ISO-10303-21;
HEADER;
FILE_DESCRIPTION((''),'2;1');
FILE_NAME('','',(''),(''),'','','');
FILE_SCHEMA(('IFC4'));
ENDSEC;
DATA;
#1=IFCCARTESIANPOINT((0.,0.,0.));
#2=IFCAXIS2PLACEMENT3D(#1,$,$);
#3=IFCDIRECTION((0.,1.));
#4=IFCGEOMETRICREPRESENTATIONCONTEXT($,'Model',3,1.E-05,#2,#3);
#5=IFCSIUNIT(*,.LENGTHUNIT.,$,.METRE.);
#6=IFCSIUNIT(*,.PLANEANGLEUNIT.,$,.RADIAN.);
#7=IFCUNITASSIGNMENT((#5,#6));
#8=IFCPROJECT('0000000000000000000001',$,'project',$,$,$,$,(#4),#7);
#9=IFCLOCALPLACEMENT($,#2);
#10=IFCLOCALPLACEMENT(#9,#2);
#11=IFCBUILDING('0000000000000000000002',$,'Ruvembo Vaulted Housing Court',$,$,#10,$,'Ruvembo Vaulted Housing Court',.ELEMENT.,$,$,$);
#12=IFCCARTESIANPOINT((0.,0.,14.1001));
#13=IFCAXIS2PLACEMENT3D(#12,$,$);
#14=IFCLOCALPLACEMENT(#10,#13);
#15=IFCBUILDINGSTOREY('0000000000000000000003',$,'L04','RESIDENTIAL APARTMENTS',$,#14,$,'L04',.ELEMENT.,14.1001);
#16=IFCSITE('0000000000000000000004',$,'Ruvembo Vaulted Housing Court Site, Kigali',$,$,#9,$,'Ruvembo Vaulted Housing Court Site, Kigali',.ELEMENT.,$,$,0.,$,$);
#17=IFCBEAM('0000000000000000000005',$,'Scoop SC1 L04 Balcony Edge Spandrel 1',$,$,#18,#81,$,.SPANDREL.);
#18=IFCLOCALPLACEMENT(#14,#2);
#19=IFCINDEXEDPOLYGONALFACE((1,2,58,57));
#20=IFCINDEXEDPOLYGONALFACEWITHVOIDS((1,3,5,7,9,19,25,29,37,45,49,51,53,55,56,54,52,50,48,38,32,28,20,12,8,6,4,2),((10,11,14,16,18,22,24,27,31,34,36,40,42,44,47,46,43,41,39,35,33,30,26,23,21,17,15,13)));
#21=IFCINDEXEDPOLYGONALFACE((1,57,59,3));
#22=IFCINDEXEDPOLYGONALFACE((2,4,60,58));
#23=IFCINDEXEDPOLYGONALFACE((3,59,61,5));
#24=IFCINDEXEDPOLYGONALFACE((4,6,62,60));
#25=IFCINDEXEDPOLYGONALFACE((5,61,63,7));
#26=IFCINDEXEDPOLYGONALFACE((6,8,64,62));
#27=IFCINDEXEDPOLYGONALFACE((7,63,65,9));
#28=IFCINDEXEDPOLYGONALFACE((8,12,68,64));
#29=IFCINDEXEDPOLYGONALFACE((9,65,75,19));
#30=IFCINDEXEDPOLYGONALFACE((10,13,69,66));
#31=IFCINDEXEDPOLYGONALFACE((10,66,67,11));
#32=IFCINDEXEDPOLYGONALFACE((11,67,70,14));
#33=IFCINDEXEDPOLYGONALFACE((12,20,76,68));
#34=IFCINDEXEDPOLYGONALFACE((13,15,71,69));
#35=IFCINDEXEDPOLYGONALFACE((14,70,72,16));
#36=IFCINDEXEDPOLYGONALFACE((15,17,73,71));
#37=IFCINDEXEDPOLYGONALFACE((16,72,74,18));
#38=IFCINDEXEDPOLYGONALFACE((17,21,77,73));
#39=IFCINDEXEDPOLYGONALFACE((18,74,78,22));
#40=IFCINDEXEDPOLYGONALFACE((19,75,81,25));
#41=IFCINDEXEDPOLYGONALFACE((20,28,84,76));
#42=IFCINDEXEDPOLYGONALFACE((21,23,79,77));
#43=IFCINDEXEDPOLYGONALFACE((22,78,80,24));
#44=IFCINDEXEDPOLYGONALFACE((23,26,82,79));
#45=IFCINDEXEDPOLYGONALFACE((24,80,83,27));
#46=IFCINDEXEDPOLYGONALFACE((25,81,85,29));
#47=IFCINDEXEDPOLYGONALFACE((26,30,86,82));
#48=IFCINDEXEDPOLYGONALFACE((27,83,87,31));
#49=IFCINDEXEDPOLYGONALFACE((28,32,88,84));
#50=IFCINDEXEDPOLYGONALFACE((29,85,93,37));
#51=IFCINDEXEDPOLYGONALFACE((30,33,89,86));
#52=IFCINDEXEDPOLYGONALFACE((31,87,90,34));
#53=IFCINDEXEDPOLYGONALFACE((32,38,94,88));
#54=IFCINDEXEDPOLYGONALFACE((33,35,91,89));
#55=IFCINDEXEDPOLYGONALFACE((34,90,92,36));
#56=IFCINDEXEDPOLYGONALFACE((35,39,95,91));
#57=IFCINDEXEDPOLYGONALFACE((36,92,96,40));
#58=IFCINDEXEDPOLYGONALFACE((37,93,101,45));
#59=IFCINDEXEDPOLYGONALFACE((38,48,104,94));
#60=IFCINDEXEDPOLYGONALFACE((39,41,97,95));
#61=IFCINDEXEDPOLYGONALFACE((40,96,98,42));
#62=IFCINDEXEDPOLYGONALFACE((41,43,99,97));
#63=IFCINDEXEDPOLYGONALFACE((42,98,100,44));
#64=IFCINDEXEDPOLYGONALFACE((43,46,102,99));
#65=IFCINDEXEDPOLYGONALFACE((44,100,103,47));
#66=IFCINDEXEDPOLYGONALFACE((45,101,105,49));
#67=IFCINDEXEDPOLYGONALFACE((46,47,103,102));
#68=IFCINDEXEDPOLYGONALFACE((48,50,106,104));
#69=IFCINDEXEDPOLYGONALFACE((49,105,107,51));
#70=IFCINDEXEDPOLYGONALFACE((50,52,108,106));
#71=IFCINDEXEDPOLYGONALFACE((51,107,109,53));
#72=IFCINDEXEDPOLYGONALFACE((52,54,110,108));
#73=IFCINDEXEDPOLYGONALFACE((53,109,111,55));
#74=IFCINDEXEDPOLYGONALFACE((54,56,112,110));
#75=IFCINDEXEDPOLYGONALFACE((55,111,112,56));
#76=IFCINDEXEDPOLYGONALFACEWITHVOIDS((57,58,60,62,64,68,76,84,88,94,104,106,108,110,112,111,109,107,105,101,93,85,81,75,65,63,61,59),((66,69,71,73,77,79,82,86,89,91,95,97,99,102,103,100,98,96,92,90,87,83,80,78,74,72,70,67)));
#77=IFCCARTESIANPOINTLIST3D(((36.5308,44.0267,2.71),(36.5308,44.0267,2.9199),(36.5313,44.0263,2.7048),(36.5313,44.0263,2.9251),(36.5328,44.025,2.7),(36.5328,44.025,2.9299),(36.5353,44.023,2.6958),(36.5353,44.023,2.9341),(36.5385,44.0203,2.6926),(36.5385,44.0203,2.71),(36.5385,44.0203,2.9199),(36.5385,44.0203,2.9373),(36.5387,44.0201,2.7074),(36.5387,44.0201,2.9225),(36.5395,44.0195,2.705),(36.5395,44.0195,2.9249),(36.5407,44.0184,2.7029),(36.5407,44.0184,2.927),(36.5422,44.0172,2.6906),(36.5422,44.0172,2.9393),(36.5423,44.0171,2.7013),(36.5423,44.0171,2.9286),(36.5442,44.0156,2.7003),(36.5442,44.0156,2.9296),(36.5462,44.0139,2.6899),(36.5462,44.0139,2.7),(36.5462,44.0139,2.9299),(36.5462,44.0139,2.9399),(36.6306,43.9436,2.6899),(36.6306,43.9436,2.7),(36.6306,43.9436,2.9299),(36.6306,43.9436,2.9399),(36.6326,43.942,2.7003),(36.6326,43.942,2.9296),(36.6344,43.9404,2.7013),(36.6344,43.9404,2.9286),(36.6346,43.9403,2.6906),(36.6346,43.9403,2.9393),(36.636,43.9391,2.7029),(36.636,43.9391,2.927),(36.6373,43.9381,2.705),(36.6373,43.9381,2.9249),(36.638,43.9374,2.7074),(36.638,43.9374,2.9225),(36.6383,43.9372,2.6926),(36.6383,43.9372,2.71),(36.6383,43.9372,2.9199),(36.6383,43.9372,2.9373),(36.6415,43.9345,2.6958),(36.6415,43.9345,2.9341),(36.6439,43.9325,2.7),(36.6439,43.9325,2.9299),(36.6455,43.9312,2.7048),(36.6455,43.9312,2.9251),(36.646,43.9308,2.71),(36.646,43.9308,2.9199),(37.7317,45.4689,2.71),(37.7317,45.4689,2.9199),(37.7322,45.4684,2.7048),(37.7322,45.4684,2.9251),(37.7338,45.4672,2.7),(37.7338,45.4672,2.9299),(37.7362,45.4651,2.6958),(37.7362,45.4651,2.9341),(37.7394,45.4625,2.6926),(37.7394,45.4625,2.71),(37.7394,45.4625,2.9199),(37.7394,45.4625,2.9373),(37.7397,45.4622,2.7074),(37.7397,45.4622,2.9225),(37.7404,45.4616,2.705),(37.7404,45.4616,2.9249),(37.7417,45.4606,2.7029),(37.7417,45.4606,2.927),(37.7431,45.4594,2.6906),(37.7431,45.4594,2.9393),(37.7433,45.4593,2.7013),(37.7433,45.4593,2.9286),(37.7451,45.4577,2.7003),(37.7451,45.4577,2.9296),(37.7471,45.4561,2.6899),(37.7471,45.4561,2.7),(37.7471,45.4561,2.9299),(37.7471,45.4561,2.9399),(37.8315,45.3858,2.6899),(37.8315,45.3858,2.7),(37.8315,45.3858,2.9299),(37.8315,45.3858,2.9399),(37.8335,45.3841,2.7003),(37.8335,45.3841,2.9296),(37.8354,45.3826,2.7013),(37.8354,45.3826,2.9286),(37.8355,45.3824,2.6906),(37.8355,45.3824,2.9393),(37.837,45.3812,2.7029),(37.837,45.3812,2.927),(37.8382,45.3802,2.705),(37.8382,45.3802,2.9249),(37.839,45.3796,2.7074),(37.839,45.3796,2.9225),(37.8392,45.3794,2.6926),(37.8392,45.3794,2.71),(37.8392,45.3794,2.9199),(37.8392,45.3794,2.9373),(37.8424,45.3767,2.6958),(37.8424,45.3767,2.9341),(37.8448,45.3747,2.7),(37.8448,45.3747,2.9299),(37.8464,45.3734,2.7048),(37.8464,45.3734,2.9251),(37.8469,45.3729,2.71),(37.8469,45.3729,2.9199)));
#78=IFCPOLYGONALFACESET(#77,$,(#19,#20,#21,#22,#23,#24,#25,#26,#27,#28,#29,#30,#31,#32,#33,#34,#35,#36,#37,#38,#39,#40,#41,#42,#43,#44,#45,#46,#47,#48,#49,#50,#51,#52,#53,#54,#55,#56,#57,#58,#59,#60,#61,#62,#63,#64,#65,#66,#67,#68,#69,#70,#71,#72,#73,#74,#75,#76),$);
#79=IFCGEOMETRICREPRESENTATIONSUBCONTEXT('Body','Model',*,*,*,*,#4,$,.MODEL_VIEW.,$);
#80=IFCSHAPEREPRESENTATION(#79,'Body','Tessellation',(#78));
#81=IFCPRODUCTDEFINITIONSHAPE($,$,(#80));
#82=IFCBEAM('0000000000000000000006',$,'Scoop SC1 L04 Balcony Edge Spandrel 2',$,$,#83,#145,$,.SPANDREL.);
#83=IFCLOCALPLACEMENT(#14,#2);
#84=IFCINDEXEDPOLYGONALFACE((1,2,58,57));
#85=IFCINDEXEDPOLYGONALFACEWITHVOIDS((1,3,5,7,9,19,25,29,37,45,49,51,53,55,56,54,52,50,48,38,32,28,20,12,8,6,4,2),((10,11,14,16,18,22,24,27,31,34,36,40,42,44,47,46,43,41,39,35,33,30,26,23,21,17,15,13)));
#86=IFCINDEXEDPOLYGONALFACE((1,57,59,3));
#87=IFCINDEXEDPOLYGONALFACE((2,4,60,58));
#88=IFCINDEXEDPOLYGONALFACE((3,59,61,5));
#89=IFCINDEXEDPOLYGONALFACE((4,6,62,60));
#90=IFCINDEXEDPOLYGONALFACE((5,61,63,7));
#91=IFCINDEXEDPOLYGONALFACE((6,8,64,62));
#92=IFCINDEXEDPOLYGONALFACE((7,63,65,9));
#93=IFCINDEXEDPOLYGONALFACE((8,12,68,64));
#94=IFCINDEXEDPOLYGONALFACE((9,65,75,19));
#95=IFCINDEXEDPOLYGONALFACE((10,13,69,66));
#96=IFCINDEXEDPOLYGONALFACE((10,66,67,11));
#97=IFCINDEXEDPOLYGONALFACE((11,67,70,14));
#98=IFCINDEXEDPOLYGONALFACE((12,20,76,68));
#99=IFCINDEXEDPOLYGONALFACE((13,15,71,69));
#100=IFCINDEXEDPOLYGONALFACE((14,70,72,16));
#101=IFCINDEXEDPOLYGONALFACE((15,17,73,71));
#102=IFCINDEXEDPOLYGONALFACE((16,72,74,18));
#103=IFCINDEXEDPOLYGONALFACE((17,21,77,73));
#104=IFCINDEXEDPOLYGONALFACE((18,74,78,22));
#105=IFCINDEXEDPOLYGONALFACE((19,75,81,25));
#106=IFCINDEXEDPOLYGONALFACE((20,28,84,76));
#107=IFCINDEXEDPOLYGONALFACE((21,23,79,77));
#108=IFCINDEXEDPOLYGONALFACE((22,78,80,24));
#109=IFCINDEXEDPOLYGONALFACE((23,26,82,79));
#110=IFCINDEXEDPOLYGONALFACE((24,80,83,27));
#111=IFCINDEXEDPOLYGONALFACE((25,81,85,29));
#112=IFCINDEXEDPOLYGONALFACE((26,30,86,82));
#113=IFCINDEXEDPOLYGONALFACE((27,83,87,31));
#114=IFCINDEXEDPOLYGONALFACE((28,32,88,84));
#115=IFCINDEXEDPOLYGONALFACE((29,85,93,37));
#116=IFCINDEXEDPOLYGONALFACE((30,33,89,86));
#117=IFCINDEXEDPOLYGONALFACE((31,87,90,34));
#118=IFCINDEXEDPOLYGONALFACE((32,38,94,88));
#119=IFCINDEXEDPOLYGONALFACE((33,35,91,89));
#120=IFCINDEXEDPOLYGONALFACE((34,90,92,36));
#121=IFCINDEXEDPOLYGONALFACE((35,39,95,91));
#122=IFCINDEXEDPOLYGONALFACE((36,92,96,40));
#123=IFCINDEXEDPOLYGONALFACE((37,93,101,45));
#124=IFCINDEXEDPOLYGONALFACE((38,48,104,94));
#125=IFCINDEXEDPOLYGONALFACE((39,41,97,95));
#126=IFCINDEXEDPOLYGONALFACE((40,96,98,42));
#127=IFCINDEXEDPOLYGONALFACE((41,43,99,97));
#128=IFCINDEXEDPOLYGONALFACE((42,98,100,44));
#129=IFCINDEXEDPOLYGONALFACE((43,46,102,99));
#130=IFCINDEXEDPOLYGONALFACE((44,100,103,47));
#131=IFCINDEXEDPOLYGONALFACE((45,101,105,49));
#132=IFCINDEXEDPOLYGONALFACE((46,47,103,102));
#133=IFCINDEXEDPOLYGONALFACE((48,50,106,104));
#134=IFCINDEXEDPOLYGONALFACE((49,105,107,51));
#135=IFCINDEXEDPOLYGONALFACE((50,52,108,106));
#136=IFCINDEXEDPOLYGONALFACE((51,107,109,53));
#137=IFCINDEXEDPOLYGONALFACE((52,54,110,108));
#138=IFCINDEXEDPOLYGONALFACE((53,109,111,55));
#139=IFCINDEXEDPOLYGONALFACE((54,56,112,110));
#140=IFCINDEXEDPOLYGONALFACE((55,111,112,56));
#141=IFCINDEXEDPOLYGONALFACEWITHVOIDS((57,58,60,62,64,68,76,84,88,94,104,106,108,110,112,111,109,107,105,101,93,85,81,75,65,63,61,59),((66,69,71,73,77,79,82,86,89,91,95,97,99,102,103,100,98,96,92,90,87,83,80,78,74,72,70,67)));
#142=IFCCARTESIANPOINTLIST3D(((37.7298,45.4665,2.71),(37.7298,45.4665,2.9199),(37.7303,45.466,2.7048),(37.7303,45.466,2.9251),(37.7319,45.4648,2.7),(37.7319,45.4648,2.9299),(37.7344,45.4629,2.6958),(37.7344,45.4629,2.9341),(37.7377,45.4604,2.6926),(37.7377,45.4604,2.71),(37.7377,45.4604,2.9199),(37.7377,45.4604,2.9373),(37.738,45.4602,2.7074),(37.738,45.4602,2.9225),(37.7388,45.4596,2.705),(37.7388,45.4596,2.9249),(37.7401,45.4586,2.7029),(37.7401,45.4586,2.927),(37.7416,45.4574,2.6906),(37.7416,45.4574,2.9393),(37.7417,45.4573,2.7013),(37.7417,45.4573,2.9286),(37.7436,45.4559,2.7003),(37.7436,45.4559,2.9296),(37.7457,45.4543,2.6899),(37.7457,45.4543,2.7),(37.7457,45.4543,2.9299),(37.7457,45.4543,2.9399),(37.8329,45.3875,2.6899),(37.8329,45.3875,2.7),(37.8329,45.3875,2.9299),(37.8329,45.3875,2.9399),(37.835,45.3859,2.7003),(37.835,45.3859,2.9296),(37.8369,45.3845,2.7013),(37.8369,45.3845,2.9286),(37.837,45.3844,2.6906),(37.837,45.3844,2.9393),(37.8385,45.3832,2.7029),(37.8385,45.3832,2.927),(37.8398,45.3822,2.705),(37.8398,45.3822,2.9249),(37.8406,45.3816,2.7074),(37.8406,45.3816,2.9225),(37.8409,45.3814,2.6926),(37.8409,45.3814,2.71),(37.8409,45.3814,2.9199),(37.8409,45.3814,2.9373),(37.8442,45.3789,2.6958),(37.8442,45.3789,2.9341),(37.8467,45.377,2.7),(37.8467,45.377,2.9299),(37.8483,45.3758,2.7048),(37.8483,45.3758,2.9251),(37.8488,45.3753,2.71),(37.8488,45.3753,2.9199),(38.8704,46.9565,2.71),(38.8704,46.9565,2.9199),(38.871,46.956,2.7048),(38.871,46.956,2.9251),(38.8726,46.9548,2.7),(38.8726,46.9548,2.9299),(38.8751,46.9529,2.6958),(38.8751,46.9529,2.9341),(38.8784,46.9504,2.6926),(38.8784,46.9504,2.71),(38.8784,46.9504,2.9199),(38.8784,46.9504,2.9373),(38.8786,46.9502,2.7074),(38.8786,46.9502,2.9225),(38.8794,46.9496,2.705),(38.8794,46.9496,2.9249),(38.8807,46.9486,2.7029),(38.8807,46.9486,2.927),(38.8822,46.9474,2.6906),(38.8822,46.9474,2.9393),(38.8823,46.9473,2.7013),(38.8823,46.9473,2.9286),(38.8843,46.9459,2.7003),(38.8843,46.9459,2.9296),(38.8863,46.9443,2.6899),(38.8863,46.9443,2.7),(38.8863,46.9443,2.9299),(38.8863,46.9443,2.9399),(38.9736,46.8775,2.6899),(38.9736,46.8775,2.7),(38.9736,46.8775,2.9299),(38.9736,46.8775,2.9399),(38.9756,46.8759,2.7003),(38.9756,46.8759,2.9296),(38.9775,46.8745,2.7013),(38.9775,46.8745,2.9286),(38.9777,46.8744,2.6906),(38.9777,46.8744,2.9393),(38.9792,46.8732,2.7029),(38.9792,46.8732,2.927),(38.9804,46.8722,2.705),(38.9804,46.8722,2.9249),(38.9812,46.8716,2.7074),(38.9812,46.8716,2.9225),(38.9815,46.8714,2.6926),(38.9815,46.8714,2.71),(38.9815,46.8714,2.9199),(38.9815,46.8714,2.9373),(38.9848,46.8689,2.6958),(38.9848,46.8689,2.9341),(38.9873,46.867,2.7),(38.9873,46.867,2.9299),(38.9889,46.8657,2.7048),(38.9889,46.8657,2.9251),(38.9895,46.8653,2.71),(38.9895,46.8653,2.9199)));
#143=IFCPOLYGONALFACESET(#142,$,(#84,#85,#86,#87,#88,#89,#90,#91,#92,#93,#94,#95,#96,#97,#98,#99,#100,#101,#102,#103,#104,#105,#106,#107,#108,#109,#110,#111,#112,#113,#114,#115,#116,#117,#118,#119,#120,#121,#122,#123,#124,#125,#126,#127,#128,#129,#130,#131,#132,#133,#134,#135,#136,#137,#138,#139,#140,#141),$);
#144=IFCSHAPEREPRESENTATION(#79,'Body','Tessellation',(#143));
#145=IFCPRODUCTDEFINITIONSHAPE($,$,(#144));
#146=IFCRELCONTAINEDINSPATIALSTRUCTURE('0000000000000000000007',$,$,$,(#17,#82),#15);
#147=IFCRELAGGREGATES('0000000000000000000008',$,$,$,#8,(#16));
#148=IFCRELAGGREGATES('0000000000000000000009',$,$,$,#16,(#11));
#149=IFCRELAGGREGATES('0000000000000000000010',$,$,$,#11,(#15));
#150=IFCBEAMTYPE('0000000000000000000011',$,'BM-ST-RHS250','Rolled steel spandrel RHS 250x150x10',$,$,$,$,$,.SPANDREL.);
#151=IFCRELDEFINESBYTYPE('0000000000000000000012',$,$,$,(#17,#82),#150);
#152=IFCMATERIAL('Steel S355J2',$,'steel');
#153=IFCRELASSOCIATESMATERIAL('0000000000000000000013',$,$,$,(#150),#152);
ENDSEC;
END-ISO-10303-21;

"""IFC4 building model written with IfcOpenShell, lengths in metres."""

from ifc_helpers import new_model, si_unit, direction, frame, origin, origin_2d, place, context, subcontext, project, spatial, hollow_rectangle, extrude, material, material_profile, profile_set, type_object, element, save


model = new_model("IFC4")

# Units and contexts
model_context = context("Model", 3, precision=1e-05, world=origin(), true_north=direction((0.0, 1.0)))
body_context = subcontext(model_context, "Body", "Model", "MODEL_VIEW")
ifc_project = project(units=[si_unit("LENGTHUNIT", "METRE"), si_unit("PLANEANGLEUNIT", "RADIAN")], contexts=[model_context])

# Site, building, storey
site_placement = place(None, origin())
site = spatial("IfcSite", under=ifc_project, at=site_placement, Name="Ruvembo Vaulted Housing Court Site, Kigali", LongName="Ruvembo Vaulted Housing Court Site, Kigali", CompositionType="ELEMENT", RefElevation=0.0)
building_placement = place(site_placement, origin())
building = spatial("IfcBuilding", under=site, at=building_placement, Name="Ruvembo Vaulted Housing Court", LongName="Ruvembo Vaulted Housing Court", CompositionType="ELEMENT")
storey_placement = place(building_placement, frame((0.0, 0.0, 14.1001)))
storey = spatial("IfcBuildingStorey", under=building, at=storey_placement, Name="L04", Description="RESIDENTIAL APARTMENTS", LongName="L04", CompositionType="ELEMENT", Elevation=14.1001)

# Beams
ifc_material_1 = material(Name="Steel S355J2", Category="steel")
ifc_material_profile_1 = material_profile(ifc_material_1, hollow_rectangle(XDim=0.1499, YDim=0.25, WallThickness=0.01, InnerFilletRadius=0.01, OuterFilletRadius=0.02, at=origin_2d()), Name="RHS 250x150x10")
ifc_profile_set_1 = profile_set([ifc_material_profile_1], Name="Steel S355J2")
beam_type = type_object("IfcBeamType", Name="BM-ST-RHS250", Description="Rolled steel spandrel RHS 250x150x10", PredefinedType="SPANDREL", material=ifc_profile_set_1)
beam_1_placement = place(storey_placement, frame((36.5884, 43.9788, 2.8149), z_axis=(0.639916, 0.768445, 0.0), x_axis=(-0.768445, 0.639916, 0.0)))
element("IfcBeam", 1, at=beam_1_placement, inside=storey, type_object=beam_type, Name="Scoop SC1 L04 Balcony Edge Spandrel 1", PredefinedType="SPANDREL", context=body_context, shape_type="SweptSolid", body=[
    extrude(hollow_rectangle(XDim=0.1499, YDim=0.25, WallThickness=0.01, InnerFilletRadius=0.01, OuterFilletRadius=0.02, at=origin_2d()), origin(), (0.0, 0.0, 1.0), 1.8767),
])
beam_2_placement = place(storey_placement, frame((37.7893, 45.4209, 2.8149), z_axis=(0.607861, 0.794044, 0.0), x_axis=(-0.794044, 0.607861, 0.0)))
element("IfcBeam", 2, at=beam_2_placement, inside=storey, type_object=beam_type, Name="Scoop SC1 L04 Balcony Edge Spandrel 2", PredefinedType="SPANDREL", context=body_context, shape_type="SweptSolid", body=[
    extrude(hollow_rectangle(XDim=0.1499, YDim=0.25, WallThickness=0.01, InnerFilletRadius=0.01, OuterFilletRadius=0.02, at=origin_2d()), origin(), (0.0, 0.0, 1.0), 1.8765),
])

save(model, "model.ifc")
